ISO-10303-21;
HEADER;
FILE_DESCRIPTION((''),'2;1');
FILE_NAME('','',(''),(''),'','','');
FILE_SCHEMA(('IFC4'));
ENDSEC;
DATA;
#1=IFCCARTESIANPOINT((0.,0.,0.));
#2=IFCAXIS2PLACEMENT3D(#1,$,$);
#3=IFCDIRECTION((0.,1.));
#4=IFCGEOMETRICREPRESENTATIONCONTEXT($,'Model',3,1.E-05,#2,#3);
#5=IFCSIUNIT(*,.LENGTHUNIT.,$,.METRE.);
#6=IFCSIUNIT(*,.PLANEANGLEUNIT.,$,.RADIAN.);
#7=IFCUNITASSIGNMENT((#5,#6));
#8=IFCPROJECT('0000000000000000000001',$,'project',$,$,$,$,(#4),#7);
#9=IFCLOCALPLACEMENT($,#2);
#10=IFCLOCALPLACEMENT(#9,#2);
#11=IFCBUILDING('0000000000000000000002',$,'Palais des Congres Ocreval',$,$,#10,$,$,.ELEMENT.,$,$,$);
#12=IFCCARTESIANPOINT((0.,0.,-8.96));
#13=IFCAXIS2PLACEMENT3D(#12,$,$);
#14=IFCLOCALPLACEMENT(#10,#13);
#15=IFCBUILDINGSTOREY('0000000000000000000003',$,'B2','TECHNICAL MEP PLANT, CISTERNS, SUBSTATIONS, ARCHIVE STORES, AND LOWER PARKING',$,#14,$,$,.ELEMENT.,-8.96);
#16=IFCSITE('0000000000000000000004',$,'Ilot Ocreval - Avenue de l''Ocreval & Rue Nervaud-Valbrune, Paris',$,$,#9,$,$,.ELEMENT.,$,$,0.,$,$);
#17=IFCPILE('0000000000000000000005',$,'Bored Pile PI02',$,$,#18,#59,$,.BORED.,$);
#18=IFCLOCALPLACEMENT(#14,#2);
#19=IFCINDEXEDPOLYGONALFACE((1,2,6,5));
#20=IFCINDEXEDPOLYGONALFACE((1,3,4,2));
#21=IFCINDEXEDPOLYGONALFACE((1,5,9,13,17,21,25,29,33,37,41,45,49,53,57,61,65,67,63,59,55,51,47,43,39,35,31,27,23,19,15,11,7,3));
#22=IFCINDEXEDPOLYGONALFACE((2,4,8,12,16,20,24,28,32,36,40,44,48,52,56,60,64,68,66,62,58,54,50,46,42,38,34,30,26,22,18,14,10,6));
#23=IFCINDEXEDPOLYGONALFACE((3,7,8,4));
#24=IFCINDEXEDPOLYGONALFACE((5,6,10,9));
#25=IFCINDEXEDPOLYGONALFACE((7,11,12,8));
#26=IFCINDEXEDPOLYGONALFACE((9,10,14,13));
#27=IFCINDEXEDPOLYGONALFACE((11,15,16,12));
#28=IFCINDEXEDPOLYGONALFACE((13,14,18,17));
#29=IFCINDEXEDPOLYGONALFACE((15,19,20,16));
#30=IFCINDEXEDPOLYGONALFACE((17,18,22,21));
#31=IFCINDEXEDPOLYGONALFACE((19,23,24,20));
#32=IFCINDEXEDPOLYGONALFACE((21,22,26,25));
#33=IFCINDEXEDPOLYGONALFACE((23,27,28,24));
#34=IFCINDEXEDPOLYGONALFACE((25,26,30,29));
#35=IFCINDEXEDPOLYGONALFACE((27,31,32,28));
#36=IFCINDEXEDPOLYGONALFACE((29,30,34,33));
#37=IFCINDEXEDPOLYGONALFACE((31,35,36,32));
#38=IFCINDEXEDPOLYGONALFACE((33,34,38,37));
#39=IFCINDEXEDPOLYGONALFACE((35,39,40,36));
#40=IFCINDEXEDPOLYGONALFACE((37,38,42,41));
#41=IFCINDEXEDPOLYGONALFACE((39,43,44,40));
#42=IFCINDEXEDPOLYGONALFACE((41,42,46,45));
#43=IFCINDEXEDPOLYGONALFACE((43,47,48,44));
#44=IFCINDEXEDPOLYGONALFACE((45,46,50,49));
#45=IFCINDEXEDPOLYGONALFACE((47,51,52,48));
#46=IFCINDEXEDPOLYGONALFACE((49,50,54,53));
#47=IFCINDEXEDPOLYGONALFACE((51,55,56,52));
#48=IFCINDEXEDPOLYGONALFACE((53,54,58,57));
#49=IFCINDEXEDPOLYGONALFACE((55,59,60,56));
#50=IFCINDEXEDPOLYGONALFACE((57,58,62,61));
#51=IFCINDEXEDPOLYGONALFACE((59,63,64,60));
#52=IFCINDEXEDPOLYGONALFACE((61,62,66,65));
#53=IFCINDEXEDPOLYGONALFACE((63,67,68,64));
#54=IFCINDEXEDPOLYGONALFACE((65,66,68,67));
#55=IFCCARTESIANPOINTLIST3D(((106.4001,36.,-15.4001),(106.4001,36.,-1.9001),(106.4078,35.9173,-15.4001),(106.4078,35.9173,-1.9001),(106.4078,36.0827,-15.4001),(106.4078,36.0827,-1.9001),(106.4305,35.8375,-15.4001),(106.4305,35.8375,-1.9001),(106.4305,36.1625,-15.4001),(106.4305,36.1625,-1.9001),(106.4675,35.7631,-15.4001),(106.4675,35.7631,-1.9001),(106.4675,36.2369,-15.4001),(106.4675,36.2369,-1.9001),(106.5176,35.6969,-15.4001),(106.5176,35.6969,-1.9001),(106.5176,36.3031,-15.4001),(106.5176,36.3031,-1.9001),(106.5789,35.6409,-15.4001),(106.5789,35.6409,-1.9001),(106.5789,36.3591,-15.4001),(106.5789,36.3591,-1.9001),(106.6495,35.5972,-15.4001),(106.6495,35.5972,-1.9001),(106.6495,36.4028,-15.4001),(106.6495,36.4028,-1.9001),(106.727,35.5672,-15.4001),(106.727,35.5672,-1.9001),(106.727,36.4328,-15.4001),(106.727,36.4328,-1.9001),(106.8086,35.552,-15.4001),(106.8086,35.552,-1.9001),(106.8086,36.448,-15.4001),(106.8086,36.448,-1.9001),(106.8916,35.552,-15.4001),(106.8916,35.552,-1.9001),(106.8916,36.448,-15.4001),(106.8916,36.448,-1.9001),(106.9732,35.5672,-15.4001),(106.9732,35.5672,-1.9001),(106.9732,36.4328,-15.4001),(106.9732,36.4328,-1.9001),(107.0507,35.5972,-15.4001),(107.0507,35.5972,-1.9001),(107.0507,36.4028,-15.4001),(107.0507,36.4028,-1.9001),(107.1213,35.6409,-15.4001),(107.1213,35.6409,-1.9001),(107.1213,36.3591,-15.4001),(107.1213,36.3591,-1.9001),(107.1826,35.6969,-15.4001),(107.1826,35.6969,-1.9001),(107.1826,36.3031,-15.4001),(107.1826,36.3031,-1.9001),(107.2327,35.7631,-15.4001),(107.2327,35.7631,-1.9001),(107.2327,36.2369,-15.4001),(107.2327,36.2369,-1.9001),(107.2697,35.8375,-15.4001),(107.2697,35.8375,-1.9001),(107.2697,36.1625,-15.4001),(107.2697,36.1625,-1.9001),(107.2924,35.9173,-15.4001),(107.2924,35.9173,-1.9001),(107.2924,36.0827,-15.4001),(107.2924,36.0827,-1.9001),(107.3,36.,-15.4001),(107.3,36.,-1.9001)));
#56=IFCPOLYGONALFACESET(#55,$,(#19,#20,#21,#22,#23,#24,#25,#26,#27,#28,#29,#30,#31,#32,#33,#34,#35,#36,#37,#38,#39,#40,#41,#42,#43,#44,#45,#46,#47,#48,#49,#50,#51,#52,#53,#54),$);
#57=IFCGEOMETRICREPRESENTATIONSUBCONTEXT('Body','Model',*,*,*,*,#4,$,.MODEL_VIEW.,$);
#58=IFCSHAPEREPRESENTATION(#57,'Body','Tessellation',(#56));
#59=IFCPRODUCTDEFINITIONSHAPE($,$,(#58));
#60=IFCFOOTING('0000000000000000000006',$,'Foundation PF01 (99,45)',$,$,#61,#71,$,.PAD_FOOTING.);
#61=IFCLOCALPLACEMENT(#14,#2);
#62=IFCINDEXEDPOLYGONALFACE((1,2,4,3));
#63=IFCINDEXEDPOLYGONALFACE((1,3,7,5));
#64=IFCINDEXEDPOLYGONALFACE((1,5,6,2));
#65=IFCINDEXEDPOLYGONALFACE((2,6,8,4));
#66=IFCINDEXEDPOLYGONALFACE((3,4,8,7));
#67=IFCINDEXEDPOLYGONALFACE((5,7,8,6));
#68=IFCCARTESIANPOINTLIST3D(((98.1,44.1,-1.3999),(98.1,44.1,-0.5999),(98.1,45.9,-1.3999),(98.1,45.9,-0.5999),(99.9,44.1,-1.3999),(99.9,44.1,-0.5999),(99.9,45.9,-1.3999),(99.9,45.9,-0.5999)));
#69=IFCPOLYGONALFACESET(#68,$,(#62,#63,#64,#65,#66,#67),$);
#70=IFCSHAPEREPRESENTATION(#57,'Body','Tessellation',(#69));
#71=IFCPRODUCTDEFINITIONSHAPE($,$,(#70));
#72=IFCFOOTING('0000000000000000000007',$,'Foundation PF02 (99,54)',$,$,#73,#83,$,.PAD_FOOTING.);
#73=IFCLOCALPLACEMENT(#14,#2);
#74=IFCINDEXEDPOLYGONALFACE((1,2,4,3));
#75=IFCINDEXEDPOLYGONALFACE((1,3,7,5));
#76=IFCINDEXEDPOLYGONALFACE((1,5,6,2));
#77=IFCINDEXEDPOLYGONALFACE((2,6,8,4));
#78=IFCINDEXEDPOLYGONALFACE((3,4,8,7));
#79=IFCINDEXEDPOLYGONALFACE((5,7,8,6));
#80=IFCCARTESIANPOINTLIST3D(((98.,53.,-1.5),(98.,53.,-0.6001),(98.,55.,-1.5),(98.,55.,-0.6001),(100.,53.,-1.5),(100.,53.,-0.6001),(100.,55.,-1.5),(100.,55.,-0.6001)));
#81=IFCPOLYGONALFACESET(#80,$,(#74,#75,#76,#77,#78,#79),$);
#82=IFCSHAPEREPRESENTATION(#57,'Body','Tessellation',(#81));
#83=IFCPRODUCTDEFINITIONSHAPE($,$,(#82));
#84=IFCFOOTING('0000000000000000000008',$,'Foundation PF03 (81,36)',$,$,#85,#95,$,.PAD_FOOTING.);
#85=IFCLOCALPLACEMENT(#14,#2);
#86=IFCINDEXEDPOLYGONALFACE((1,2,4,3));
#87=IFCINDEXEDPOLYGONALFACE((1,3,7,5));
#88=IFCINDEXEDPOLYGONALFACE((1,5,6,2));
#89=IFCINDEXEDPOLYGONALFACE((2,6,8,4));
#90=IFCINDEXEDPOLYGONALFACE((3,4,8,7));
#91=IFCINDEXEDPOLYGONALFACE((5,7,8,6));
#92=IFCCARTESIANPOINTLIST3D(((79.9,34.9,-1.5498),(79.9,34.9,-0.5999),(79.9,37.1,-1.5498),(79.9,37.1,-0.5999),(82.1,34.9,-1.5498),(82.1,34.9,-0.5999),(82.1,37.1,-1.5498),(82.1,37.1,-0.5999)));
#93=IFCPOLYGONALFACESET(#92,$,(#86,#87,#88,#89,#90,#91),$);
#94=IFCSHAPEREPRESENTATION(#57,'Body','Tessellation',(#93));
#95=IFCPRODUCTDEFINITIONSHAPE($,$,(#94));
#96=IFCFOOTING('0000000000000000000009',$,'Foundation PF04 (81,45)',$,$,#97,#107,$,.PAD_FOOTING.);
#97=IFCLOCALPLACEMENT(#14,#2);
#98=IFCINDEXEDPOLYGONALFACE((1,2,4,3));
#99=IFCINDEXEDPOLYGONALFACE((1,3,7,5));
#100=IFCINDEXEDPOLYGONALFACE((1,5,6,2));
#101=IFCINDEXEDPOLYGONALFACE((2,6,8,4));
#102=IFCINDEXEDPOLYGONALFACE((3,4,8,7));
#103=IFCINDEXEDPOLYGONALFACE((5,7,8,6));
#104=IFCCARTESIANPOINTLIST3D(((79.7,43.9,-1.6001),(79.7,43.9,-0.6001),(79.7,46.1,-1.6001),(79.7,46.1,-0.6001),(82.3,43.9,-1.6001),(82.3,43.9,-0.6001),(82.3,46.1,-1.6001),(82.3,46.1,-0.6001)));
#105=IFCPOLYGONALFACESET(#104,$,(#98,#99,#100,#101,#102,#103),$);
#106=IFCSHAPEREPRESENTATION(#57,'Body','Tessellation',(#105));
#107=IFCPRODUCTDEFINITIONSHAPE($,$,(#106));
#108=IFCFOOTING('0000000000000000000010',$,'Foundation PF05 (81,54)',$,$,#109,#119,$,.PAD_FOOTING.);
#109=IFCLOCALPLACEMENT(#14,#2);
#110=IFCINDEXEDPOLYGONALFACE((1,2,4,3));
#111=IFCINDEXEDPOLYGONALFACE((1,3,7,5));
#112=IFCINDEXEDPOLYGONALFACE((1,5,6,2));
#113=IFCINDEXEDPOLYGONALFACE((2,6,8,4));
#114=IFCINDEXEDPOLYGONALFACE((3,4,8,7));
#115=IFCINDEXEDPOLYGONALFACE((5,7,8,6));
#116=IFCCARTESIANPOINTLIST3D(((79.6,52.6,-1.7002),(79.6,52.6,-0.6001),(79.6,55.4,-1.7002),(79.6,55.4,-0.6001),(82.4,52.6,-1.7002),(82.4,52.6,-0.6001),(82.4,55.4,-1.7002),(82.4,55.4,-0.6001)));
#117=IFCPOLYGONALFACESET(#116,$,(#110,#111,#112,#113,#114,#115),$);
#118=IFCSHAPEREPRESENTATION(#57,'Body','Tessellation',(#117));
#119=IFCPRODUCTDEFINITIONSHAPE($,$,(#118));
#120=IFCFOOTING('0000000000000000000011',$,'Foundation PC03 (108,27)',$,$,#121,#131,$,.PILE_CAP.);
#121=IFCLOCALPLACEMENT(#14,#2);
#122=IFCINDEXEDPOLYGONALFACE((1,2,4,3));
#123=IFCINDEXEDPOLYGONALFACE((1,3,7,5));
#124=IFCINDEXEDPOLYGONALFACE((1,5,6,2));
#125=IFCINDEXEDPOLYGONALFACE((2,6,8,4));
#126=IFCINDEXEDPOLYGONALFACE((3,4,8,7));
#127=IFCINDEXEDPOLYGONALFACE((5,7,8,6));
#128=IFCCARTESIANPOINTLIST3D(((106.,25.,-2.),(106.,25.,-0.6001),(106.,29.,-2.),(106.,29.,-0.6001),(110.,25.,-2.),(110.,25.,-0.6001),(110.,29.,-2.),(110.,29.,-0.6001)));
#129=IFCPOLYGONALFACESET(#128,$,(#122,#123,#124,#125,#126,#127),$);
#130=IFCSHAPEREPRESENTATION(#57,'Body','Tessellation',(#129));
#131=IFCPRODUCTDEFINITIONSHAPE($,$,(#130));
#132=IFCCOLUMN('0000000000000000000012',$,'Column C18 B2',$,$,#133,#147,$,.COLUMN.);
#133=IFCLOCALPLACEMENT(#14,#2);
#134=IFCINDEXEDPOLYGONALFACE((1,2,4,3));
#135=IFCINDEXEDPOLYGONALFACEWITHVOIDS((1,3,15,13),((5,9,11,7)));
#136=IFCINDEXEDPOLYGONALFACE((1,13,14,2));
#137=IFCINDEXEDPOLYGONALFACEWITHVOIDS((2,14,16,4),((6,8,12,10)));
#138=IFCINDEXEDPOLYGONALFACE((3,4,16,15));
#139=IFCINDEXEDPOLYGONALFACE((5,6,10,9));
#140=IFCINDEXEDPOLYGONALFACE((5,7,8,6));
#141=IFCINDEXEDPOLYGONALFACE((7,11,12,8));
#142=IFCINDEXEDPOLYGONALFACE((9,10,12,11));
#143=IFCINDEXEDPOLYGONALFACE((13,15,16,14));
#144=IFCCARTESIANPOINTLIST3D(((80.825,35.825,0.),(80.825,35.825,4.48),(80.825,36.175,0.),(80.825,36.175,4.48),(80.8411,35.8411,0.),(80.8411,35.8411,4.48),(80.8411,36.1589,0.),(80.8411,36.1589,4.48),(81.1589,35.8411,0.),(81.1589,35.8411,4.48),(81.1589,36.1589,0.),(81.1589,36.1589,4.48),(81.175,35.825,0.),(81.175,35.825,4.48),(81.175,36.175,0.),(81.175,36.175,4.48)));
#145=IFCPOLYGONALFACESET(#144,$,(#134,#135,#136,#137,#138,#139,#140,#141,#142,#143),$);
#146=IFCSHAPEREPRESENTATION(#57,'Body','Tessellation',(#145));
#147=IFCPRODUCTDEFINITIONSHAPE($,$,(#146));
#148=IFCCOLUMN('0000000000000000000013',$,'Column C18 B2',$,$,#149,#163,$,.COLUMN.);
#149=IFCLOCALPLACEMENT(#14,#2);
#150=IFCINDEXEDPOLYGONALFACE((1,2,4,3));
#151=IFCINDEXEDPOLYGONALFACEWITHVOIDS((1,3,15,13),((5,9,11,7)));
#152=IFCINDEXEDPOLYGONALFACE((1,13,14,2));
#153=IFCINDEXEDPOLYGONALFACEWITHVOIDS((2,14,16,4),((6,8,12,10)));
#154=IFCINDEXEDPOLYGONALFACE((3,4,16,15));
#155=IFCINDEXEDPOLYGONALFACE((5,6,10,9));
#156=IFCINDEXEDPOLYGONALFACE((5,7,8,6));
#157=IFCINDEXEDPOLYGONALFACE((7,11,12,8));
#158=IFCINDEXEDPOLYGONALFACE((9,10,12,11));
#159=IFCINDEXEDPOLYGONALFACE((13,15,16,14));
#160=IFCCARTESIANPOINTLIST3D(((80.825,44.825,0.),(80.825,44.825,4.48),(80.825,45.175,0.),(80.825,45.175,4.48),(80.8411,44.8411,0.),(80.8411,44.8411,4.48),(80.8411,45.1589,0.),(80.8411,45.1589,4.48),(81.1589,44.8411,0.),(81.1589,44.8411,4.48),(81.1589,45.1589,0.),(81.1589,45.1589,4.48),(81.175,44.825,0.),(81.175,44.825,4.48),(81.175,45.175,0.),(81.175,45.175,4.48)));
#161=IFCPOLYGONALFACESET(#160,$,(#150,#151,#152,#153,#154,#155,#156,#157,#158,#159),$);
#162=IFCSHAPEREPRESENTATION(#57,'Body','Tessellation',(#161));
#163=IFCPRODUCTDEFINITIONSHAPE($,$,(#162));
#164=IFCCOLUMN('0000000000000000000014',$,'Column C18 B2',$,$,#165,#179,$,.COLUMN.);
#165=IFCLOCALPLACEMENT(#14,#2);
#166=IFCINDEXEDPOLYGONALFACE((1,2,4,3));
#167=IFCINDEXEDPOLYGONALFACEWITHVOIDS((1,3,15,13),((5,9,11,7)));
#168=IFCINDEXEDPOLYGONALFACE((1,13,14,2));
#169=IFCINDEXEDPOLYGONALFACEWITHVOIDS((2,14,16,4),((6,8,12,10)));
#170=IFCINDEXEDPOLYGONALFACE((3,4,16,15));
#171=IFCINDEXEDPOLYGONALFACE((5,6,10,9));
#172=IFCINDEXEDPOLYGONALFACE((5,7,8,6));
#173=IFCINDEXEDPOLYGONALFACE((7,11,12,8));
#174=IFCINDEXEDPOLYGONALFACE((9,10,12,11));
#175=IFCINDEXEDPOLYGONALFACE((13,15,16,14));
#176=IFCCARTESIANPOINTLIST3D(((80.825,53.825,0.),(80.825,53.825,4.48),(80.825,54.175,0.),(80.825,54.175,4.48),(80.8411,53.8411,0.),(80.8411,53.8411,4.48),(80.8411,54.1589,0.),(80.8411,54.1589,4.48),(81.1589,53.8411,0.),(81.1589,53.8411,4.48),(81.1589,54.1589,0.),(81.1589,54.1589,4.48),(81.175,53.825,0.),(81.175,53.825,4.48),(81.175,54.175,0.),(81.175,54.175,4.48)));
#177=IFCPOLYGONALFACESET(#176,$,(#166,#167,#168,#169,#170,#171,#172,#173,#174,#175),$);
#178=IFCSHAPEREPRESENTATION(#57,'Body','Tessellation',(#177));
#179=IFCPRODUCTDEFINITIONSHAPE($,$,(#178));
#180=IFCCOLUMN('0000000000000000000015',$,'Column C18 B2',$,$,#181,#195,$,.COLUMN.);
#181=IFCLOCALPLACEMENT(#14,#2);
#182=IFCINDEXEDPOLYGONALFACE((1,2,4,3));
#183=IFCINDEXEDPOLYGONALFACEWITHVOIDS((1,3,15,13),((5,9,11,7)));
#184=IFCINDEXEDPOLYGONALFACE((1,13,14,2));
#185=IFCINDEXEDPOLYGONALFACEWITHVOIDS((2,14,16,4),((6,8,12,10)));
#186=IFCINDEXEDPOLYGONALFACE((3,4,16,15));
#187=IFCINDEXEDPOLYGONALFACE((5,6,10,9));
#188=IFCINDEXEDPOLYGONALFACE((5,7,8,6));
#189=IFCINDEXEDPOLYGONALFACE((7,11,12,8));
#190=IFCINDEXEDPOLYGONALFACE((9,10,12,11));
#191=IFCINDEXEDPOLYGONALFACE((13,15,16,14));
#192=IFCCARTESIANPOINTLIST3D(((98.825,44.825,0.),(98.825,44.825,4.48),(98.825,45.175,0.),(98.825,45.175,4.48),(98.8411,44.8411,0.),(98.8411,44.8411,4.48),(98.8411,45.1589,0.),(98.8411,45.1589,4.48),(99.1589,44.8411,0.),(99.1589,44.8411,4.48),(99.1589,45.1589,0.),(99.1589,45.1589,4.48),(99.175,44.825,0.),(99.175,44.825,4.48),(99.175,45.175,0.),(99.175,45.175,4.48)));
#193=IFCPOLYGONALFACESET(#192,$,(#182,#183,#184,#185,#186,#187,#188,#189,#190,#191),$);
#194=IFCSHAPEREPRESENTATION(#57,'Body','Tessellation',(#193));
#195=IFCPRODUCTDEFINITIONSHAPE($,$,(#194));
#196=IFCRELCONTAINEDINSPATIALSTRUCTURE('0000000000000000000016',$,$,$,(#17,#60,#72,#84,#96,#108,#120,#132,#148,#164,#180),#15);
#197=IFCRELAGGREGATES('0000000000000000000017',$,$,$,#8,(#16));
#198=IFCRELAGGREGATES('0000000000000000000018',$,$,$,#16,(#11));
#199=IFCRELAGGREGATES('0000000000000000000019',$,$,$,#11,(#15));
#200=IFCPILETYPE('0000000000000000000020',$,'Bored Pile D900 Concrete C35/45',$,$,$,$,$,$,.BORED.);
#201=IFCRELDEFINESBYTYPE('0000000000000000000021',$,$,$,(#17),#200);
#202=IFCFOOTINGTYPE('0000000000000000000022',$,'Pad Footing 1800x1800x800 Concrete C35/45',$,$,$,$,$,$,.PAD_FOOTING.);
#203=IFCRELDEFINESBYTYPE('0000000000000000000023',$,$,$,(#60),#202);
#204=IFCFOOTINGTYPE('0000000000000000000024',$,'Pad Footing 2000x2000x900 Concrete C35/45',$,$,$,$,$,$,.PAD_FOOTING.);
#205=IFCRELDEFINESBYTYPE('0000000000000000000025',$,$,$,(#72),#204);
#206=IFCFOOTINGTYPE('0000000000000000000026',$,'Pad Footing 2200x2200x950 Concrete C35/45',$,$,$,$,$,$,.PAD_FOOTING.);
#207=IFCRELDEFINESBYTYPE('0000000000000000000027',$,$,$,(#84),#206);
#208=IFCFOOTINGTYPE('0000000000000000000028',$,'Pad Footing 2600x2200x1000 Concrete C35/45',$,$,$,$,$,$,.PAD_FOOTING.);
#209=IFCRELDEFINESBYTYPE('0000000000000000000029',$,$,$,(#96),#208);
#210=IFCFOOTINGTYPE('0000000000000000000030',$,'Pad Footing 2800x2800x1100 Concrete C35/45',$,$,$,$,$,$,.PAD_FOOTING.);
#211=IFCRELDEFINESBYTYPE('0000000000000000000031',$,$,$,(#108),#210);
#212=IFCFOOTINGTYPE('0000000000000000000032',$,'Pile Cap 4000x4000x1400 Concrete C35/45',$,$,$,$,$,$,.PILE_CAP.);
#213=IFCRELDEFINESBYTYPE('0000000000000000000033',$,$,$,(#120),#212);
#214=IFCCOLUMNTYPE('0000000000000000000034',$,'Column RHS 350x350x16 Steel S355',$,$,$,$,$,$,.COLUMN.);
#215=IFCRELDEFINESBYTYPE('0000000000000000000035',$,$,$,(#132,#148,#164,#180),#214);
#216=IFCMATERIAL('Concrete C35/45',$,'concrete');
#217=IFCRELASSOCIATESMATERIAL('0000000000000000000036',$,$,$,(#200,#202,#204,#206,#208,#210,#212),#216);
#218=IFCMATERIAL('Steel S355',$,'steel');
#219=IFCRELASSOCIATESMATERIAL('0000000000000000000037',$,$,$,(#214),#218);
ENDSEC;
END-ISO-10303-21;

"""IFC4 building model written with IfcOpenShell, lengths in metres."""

from ifc_helpers import new_model, si_unit, direction, frame, origin, origin_2d, place, context, subcontext, project, spatial, rectangle, hollow_rectangle, circle, extrude, material, material_profile, profile_set, type_object, element, save


model = new_model("IFC4")

# Units and contexts
model_context = context("Model", 3, precision=1e-05, world=origin(), true_north=direction((0.0, 1.0)))
body_context = subcontext(model_context, "Body", "Model", "MODEL_VIEW")
ifc_project = project(units=[si_unit("LENGTHUNIT", "METRE"), si_unit("PLANEANGLEUNIT", "RADIAN")], contexts=[model_context])

# Site, building, storey
site_placement = place(None, origin())
site = spatial("IfcSite", under=ifc_project, at=site_placement, Name="Ilot Ocreval - Avenue de l'Ocreval & Rue Nervaud-Valbrune, Paris", CompositionType="ELEMENT", RefElevation=0.0)
building_placement = place(site_placement, origin())
building = spatial("IfcBuilding", under=site, at=building_placement, Name="Palais des Congres Ocreval", CompositionType="ELEMENT")
storey_placement = place(building_placement, frame((0.0, 0.0, -8.96)))
storey = spatial("IfcBuildingStorey", under=building, at=storey_placement, Name="B2", Description="TECHNICAL MEP PLANT, CISTERNS, SUBSTATIONS, ARCHIVE STORES, AND LOWER PARKING", CompositionType="ELEMENT", Elevation=-8.96)

# Pile
ifc_material_1 = material(Name="Concrete C35/45", Category="concrete")
ifc_material_profile_1 = material_profile(ifc_material_1, circle(Radius=0.45, at=origin_2d()), Name="BORED PILE 900")
ifc_profile_set_1 = profile_set([ifc_material_profile_1], Name="Concrete C35/45")
pile_type = type_object("IfcPileType", Name="Bored Pile D900 Concrete C35/45", PredefinedType="BORED", material=ifc_profile_set_1)
pile_placement = place(storey_placement, frame((106.8501, 36.0, -1.9001), z_axis=(0.0, 0.0, -1.0), x_axis=(1.0, 0.0, 0.0)))
element("IfcPile", 1, at=pile_placement, inside=storey, type_object=pile_type, Name="Bored Pile PI02", PredefinedType="BORED", context=body_context, shape_type="SweptSolid", body=[
    extrude(circle(Radius=0.45, at=origin_2d()), origin(), (0.0, 0.0, 1.0), 13.5),
])

# Footings
footing_type_1 = type_object("IfcFootingType", Name="Pad Footing 1800x1800x800 Concrete C35/45", PredefinedType="PAD_FOOTING", material=ifc_material_1)
footing_1_placement = place(storey_placement, frame((99.0, 45.0, -1.3999), z_axis=(0.0, 0.0, 1.0), x_axis=(1.0, 0.0, 0.0)))
element("IfcFooting", 2, at=footing_1_placement, inside=storey, type_object=footing_type_1, Name="Foundation PF01 (99,45)", PredefinedType="PAD_FOOTING", context=body_context, shape_type="SweptSolid", body=[
    extrude(rectangle(XDim=1.8, YDim=1.8, at=origin_2d()), origin(), (0.0, 0.0, 1.0), 0.8),
])
footing_type_2 = type_object("IfcFootingType", Name="Pad Footing 2000x2000x900 Concrete C35/45", PredefinedType="PAD_FOOTING", material=ifc_material_1)
footing_2_placement = place(storey_placement, frame((99.0, 54.0, -1.5), z_axis=(0.0, 0.0, 1.0), x_axis=(1.0, 0.0, 0.0)))
element("IfcFooting", 3, at=footing_2_placement, inside=storey, type_object=footing_type_2, Name="Foundation PF02 (99,54)", PredefinedType="PAD_FOOTING", context=body_context, shape_type="SweptSolid", body=[
    extrude(rectangle(XDim=2.0, YDim=2.0, at=origin_2d()), origin(), (0.0, 0.0, 1.0), 0.8999),
])
footing_type_3 = type_object("IfcFootingType", Name="Pad Footing 2200x2200x950 Concrete C35/45", PredefinedType="PAD_FOOTING", material=ifc_material_1)
footing_3_placement = place(storey_placement, frame((81.0, 36.0, -1.5498), z_axis=(0.0, 0.0, 1.0), x_axis=(1.0, 0.0, 0.0)))
element("IfcFooting", 4, at=footing_3_placement, inside=storey, type_object=footing_type_3, Name="Foundation PF03 (81,36)", PredefinedType="PAD_FOOTING", context=body_context, shape_type="SweptSolid", body=[
    extrude(rectangle(XDim=2.2, YDim=2.2, at=origin_2d()), origin(), (0.0, 0.0, 1.0), 0.95),
])
footing_type_4 = type_object("IfcFootingType", Name="Pad Footing 2600x2200x1000 Concrete C35/45", PredefinedType="PAD_FOOTING", material=ifc_material_1)
footing_4_placement = place(storey_placement, frame((81.0, 45.0, -1.6001), z_axis=(0.0, 0.0, 1.0), x_axis=(1.0, 0.0, 0.0)))
element("IfcFooting", 5, at=footing_4_placement, inside=storey, type_object=footing_type_4, Name="Foundation PF04 (81,45)", PredefinedType="PAD_FOOTING", context=body_context, shape_type="SweptSolid", body=[
    extrude(rectangle(XDim=2.6001, YDim=2.2, at=origin_2d()), origin(), (0.0, 0.0, 1.0), 1.0),
])
footing_type_5 = type_object("IfcFootingType", Name="Pad Footing 2800x2800x1100 Concrete C35/45", PredefinedType="PAD_FOOTING", material=ifc_material_1)
footing_5_placement = place(storey_placement, frame((81.0, 54.0, -1.7002), z_axis=(0.0, 0.0, 1.0), x_axis=(1.0, 0.0, 0.0)))
element("IfcFooting", 6, at=footing_5_placement, inside=storey, type_object=footing_type_5, Name="Foundation PF05 (81,54)", PredefinedType="PAD_FOOTING", context=body_context, shape_type="SweptSolid", body=[
    extrude(rectangle(XDim=2.8, YDim=2.8, at=origin_2d()), origin(), (0.0, 0.0, 1.0), 1.1001),
])
footing_type_6 = type_object("IfcFootingType", Name="Pile Cap 4000x4000x1400 Concrete C35/45", PredefinedType="PILE_CAP", material=ifc_material_1)
footing_6_placement = place(storey_placement, frame((108.0, 27.0, -2.0), z_axis=(0.0, 0.0, 1.0), x_axis=(1.0, 0.0, 0.0)))
element("IfcFooting", 7, at=footing_6_placement, inside=storey, type_object=footing_type_6, Name="Foundation PC03 (108,27)", PredefinedType="PILE_CAP", context=body_context, shape_type="SweptSolid", body=[
    extrude(rectangle(XDim=4.0, YDim=4.0, at=origin_2d()), origin(), (0.0, 0.0, 1.0), 1.3999),
])

# Columns
ifc_material_2 = material(Name="Steel S355", Category="steel")
ifc_material_profile_2 = material_profile(ifc_material_2, hollow_rectangle(XDim=0.3501, YDim=0.3501, WallThickness=0.0161, at=origin_2d()), Name="RHS 350x350x16")
ifc_profile_set_2 = profile_set([ifc_material_profile_2], Name="Steel S355")
column_type = type_object("IfcColumnType", Name="Column RHS 350x350x16 Steel S355", PredefinedType="COLUMN", material=ifc_profile_set_2)
for number, where, z_axis, x_axis, name in (
    (8, (81.0, 36.0, 0.0), (0.0, 0.0, 1.0), (1.0, 0.0, 0.0), "Column C18 B2"),
    (9, (81.0, 45.0, 0.0), (0.0, 0.0, 1.0), (1.0, 0.0, 0.0), "Column C18 B2"),
    (10, (81.0, 54.0, 0.0), (0.0, 0.0, 1.0), (1.0, 0.0, 0.0), "Column C18 B2"),
    (11, (99.0, 45.0, 0.0), (0.0, 0.0, 1.0), (1.0, 0.0, 0.0), "Column C18 B2"),
):
    element("IfcColumn", number, at=place(storey_placement, frame(where, z_axis=z_axis, x_axis=x_axis)), inside=storey, type_object=column_type, Name=name, PredefinedType="COLUMN", context=body_context, shape_type="SweptSolid", body=[
        extrude(hollow_rectangle(XDim=0.3501, YDim=0.3501, WallThickness=0.0161, at=origin_2d()), origin(), (0.0, 0.0, 1.0), 4.48),
    ])

save(model, "model.ifc")
